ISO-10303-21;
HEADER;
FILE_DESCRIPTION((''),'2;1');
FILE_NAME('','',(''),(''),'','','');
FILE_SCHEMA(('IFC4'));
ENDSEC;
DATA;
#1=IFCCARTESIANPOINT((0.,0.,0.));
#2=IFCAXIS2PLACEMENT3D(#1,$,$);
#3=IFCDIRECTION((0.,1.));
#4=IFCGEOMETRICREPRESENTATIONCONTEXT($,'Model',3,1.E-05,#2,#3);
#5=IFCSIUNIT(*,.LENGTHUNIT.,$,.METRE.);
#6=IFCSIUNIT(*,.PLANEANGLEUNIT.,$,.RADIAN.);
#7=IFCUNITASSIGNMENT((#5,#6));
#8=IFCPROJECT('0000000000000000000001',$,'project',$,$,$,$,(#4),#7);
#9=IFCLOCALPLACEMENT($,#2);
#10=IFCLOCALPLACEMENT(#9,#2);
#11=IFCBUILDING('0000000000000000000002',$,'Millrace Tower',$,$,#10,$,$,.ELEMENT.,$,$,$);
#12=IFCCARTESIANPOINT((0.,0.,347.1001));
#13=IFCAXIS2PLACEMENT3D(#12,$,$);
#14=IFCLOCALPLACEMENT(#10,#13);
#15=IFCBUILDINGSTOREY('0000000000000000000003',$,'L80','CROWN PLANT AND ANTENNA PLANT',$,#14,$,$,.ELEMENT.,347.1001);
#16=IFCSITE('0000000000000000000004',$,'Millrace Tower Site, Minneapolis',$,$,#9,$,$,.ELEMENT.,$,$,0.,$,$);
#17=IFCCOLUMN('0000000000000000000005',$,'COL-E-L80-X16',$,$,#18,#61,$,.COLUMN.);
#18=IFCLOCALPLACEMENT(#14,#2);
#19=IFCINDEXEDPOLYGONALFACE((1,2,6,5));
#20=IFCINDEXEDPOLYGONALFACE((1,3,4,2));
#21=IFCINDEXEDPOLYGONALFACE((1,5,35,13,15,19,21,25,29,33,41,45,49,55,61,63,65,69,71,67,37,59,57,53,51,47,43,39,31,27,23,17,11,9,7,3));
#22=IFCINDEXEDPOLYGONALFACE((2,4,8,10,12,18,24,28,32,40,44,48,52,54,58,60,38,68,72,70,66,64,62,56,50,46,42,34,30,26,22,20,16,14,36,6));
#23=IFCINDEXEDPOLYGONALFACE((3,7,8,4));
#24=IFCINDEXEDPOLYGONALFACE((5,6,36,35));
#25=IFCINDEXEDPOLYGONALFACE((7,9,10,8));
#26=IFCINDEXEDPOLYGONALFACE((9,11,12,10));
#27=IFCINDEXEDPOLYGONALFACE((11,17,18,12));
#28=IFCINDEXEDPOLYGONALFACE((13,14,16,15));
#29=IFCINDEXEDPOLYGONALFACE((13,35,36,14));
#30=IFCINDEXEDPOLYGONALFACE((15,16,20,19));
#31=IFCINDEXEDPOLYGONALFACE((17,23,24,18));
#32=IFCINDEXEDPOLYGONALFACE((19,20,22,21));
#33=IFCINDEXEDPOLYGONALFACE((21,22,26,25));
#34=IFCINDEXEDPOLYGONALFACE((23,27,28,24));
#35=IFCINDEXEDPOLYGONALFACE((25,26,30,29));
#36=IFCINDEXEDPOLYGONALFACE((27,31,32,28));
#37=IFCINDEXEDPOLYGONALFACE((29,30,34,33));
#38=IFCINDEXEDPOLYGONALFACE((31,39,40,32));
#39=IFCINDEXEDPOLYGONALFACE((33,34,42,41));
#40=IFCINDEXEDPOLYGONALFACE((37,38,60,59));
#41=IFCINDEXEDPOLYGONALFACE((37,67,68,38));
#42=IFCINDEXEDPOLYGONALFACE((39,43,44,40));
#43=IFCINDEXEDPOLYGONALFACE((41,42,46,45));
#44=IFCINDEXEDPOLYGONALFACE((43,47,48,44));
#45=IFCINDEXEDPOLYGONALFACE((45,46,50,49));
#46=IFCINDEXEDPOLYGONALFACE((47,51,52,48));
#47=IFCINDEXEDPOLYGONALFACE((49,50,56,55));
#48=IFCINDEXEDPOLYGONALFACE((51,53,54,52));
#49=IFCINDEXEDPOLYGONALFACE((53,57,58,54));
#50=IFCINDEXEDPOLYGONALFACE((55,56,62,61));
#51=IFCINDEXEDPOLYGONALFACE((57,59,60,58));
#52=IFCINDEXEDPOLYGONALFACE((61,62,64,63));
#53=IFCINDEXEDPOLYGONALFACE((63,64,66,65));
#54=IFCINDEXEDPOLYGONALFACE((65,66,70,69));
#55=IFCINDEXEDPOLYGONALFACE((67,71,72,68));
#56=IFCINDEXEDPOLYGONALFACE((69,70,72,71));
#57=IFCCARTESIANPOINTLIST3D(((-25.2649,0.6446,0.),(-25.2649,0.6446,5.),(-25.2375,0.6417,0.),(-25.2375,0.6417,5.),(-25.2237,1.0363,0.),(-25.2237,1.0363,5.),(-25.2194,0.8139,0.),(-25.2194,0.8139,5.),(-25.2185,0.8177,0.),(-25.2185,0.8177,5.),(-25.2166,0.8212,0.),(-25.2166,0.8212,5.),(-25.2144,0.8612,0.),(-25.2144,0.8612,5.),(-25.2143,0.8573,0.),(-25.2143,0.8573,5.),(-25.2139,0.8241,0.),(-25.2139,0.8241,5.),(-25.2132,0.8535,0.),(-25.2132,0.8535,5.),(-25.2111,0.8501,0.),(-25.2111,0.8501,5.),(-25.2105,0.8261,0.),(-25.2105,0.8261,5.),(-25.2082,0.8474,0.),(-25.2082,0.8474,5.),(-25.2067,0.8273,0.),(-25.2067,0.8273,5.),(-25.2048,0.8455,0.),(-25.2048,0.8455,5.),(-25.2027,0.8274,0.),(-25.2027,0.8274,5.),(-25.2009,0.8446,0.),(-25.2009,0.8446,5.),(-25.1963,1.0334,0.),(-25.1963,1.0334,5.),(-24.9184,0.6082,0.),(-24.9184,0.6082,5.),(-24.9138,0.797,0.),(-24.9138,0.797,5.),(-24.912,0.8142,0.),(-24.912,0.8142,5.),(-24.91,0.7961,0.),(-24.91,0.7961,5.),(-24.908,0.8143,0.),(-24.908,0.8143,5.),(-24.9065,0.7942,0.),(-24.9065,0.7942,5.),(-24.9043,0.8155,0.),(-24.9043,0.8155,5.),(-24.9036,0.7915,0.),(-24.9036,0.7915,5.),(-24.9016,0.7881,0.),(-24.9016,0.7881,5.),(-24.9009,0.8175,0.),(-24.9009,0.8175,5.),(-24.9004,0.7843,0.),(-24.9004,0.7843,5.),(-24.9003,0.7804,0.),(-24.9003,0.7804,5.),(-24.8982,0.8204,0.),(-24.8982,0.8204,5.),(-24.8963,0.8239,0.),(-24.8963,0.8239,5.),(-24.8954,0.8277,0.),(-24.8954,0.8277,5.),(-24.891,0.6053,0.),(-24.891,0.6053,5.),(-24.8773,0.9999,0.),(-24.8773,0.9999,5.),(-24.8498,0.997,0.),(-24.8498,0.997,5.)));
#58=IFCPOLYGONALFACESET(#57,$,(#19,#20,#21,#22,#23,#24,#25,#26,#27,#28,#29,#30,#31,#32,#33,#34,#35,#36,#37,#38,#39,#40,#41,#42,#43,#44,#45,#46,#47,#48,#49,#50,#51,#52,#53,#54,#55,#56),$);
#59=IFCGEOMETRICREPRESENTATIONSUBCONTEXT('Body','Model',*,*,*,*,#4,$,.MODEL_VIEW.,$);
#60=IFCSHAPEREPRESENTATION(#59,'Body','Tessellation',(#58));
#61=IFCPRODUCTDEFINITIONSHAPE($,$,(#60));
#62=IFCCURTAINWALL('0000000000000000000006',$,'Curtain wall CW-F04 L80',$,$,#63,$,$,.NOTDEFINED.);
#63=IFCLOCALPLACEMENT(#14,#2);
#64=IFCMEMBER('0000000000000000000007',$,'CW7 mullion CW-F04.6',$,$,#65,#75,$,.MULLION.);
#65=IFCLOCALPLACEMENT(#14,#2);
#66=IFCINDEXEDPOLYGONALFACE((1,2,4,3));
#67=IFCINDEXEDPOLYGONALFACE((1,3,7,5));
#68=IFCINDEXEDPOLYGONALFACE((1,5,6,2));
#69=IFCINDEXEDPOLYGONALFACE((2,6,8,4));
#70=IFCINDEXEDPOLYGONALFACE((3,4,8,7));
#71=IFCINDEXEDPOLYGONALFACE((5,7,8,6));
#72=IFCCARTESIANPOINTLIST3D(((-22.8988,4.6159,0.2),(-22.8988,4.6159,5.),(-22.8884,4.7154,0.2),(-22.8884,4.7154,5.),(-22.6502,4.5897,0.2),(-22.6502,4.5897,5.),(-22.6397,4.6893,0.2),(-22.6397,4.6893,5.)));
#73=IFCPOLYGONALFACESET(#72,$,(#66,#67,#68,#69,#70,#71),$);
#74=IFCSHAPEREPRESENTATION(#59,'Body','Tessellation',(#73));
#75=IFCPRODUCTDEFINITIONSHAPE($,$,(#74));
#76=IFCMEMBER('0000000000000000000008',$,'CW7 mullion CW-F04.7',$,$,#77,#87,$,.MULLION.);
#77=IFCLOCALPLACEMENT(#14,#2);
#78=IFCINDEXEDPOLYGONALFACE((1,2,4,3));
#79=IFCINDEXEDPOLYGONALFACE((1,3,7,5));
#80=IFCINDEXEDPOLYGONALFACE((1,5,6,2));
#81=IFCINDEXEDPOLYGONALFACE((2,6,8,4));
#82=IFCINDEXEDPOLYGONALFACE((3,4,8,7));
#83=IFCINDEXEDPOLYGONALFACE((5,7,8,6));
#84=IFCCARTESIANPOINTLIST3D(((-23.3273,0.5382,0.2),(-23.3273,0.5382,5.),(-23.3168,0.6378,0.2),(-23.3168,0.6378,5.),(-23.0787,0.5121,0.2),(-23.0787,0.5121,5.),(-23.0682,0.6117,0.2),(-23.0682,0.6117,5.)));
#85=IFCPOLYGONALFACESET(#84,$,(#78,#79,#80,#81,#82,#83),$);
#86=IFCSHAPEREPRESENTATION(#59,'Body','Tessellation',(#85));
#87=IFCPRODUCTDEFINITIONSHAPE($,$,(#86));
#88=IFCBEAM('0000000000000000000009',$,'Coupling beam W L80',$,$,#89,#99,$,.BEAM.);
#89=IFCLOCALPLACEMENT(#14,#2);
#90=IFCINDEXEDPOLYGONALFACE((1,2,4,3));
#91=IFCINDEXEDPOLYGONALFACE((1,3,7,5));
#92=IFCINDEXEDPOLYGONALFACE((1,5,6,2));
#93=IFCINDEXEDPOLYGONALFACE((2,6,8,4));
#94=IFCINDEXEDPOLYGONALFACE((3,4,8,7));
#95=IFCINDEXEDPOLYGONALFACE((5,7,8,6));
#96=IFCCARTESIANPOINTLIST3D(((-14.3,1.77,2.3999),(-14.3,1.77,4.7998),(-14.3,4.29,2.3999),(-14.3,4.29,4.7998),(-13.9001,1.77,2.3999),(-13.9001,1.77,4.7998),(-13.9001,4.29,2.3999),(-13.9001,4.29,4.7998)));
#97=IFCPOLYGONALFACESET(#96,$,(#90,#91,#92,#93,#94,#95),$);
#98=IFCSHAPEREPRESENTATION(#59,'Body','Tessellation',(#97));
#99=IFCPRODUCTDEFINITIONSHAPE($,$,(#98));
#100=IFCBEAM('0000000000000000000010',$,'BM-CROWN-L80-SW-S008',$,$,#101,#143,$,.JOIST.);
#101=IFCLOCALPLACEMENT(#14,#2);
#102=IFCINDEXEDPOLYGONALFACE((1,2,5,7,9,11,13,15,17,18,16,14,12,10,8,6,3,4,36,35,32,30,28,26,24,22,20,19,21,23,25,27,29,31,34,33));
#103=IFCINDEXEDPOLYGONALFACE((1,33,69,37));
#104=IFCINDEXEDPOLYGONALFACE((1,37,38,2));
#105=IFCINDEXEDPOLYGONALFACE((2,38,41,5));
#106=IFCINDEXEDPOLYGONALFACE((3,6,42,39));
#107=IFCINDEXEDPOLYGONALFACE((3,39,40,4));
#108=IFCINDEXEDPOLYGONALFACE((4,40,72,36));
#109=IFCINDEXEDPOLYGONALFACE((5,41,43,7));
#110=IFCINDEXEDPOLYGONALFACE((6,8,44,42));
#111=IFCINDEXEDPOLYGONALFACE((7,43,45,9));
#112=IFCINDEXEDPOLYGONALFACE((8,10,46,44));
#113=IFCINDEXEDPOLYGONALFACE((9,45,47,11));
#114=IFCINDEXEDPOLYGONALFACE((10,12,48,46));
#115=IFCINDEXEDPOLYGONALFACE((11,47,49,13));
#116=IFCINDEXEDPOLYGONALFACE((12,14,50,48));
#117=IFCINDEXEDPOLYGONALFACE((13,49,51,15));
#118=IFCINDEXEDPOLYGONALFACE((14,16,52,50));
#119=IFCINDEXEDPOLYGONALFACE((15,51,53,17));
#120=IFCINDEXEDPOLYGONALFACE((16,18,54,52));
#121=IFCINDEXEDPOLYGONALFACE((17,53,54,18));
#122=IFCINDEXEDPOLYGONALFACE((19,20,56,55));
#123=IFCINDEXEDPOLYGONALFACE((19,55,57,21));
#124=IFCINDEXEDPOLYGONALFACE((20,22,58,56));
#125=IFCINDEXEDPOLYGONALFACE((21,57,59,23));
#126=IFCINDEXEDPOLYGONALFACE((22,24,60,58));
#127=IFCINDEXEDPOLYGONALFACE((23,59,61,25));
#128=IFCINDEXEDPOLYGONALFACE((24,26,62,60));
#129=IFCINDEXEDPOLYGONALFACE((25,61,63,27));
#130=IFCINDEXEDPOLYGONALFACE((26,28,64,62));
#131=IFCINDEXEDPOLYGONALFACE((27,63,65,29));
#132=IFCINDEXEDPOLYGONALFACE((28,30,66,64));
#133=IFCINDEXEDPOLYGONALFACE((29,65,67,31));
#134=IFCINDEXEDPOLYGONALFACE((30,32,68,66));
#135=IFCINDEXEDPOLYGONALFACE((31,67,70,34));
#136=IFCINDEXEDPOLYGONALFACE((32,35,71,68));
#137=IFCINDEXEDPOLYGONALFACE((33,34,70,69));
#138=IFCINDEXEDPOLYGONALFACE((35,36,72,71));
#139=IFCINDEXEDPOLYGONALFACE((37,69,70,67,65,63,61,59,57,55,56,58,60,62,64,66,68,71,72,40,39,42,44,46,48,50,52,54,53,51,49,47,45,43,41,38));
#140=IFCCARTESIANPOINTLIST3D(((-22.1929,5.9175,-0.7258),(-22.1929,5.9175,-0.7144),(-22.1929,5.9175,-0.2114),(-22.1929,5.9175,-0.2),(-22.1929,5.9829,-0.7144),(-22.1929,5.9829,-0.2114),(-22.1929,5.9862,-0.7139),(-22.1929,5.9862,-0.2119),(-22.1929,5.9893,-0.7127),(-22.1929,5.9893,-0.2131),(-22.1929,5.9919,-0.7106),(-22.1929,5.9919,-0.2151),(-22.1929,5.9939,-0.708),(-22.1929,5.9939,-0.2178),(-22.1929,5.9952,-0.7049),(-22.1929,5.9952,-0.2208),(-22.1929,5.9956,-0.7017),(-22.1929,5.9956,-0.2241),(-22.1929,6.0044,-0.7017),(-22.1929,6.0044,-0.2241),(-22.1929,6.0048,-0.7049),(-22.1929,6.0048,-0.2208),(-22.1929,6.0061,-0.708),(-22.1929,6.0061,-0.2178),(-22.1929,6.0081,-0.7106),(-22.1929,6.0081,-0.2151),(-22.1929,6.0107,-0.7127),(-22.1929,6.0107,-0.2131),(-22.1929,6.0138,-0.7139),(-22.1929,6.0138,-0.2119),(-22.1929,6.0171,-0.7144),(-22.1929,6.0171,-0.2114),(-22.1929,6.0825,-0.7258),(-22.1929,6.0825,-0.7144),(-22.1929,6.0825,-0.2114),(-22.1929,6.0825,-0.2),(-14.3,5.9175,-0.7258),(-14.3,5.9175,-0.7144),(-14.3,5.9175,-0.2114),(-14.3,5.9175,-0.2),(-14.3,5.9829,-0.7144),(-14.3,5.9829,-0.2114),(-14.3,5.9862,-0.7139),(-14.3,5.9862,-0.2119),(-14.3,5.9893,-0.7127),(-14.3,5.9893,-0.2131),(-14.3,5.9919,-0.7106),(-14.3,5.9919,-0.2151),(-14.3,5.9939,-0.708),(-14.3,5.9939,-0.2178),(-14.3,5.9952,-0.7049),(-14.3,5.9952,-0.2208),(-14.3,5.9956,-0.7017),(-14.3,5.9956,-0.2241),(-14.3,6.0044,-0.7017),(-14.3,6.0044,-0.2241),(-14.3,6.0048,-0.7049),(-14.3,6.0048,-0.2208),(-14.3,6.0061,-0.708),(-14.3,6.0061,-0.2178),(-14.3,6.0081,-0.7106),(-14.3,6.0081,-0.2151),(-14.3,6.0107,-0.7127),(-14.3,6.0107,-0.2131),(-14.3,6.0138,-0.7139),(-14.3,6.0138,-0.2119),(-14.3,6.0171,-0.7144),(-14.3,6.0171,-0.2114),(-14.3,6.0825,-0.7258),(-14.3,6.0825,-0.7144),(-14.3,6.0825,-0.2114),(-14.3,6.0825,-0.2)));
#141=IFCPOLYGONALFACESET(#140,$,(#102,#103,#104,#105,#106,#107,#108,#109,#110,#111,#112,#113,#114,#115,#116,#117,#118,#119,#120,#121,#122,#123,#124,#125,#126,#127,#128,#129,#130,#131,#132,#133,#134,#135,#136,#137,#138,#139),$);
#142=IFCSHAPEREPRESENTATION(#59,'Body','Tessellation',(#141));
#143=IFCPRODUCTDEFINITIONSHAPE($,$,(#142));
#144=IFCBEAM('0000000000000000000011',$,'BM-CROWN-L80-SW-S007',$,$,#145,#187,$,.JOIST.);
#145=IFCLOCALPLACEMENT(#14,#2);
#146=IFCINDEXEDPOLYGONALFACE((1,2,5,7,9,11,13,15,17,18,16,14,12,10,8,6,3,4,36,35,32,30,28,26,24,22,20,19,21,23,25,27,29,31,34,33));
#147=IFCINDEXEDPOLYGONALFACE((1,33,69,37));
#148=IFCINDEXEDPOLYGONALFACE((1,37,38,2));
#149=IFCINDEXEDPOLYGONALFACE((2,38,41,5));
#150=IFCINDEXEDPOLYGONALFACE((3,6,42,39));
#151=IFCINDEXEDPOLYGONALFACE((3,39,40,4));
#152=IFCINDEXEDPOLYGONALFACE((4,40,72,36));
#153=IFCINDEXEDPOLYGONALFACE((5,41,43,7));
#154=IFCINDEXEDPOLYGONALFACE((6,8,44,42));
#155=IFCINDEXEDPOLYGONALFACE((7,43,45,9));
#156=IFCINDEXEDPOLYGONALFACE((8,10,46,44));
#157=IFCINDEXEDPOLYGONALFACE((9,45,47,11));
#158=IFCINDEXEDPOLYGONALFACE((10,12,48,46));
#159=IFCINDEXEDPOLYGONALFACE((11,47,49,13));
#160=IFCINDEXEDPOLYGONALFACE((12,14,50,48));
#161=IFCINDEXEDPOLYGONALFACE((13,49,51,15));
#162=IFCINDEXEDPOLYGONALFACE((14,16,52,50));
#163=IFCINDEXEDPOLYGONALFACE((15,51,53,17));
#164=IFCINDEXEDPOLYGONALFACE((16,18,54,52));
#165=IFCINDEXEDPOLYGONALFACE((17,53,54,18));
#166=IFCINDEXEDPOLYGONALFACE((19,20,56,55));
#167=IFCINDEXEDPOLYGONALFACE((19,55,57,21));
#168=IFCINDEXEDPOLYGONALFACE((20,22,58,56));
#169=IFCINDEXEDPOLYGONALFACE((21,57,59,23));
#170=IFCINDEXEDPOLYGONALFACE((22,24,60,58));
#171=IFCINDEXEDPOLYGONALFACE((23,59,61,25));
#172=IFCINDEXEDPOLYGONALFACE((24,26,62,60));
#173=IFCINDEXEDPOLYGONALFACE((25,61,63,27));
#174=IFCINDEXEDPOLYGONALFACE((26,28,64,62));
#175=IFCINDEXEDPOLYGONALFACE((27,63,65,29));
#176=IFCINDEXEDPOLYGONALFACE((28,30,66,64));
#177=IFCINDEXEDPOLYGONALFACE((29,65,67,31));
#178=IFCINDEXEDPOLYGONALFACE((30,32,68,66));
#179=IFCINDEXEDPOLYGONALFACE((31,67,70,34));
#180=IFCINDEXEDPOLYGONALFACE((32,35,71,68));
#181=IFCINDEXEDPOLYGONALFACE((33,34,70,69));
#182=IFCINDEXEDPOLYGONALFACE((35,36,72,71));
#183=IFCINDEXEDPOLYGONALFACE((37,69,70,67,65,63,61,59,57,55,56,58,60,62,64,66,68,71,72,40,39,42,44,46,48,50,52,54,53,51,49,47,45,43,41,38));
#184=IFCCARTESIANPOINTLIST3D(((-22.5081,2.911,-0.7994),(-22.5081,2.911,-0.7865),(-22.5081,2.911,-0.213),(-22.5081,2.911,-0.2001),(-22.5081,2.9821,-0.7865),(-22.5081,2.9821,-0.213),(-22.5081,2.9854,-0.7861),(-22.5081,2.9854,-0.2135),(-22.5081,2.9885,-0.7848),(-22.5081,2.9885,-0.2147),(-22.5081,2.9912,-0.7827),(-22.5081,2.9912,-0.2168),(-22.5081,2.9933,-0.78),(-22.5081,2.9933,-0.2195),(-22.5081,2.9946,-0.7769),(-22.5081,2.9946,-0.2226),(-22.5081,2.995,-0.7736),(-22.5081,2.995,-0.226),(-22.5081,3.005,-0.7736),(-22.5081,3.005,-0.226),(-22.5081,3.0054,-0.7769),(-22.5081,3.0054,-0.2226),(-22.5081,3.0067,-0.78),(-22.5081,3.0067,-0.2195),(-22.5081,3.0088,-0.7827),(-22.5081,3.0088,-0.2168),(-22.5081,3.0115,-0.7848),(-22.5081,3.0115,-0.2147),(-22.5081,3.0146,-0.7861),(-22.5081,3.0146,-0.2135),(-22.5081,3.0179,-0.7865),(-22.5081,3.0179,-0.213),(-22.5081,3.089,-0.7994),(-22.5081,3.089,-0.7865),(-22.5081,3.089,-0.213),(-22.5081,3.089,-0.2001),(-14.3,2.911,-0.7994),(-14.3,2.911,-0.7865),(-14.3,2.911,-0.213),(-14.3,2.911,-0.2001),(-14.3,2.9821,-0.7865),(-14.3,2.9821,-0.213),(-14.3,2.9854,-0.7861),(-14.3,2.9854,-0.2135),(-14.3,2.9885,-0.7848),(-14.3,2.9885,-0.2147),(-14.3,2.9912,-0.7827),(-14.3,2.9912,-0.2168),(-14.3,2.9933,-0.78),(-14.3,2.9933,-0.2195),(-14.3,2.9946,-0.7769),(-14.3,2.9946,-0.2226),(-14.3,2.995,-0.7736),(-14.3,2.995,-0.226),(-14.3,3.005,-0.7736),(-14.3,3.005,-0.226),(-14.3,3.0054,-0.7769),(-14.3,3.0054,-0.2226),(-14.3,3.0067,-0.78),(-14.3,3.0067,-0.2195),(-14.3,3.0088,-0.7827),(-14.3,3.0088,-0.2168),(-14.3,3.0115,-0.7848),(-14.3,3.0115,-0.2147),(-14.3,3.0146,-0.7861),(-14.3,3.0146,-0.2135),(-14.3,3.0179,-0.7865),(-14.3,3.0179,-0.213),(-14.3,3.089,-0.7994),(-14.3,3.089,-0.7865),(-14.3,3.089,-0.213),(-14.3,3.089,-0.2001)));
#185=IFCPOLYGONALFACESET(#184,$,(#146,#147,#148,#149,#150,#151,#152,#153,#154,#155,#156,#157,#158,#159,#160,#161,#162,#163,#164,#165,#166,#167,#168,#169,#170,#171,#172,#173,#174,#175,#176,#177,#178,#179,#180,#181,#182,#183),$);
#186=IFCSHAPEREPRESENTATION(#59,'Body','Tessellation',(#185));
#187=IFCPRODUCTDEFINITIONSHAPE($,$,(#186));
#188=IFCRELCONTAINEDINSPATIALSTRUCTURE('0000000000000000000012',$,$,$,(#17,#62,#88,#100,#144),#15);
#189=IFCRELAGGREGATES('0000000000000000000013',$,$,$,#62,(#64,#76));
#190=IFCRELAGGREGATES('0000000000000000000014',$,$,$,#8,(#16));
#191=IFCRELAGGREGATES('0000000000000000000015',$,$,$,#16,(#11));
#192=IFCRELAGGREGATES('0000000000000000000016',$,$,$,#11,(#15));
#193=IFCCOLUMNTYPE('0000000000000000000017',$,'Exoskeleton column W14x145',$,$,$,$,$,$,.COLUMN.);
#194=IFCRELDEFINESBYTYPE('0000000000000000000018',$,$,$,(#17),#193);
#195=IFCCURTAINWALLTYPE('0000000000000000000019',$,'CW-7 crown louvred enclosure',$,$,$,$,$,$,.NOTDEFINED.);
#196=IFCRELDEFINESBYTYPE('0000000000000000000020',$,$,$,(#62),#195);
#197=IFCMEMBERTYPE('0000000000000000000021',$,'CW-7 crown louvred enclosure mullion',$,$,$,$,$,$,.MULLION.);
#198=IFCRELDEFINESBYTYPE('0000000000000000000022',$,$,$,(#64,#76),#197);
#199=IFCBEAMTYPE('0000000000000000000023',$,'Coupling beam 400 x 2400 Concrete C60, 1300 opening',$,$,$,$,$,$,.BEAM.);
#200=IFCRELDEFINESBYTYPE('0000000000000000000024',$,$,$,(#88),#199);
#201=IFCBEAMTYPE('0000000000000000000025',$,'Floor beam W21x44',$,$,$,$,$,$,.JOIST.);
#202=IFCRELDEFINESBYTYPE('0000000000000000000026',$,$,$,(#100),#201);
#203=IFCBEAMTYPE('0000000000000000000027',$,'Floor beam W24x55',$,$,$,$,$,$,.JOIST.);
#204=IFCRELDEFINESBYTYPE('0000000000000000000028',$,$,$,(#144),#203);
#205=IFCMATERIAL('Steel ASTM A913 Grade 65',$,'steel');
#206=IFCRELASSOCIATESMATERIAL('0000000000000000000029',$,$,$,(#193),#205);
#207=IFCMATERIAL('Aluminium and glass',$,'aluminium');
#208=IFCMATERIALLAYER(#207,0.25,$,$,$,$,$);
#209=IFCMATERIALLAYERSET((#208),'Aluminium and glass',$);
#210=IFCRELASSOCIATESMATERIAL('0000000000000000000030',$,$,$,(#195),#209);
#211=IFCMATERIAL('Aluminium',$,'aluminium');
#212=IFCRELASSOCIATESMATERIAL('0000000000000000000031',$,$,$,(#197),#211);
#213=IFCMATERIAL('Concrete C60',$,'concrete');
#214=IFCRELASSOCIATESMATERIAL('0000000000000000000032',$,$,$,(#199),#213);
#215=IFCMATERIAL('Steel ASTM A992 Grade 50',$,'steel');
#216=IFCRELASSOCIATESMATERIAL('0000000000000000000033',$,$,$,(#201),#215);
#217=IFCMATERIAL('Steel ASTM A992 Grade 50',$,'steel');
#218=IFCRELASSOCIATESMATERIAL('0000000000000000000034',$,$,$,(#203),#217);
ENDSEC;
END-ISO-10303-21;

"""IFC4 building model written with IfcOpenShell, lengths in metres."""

from ifc_helpers import new_model, si_unit, direction, frame, origin, origin_2d, place, context, subcontext, project, spatial, rectangle, i_section, extrude, material, layer, layer_set, material_profile, profile_set, type_object, element, aggregate, save


model = new_model("IFC4")

# Units and contexts
model_context = context("Model", 3, precision=1e-05, world=origin(), true_north=direction((0.0, 1.0)))
body_context = subcontext(model_context, "Body", "Model", "MODEL_VIEW")
ifc_project = project(units=[si_unit("LENGTHUNIT", "METRE"), si_unit("PLANEANGLEUNIT", "RADIAN")], contexts=[model_context])

# Site, building, storey
site_placement = place(None, origin())
site = spatial("IfcSite", under=ifc_project, at=site_placement, Name="Millrace Tower Site, Minneapolis", CompositionType="ELEMENT", RefElevation=0.0)
building_placement = place(site_placement, origin())
building = spatial("IfcBuilding", under=site, at=building_placement, Name="Millrace Tower", CompositionType="ELEMENT")
storey_placement = place(building_placement, frame((0.0, 0.0, 347.1001)))
storey = spatial("IfcBuildingStorey", under=building, at=storey_placement, Name="L80", Description="CROWN PLANT AND ANTENNA PLANT", CompositionType="ELEMENT", Elevation=347.1001)

# Column
ifc_material_1 = material(Name="Steel ASTM A913 Grade 65", Category="steel")
ifc_material_profile_1 = material_profile(ifc_material_1, i_section(OverallWidth=0.3938, OverallDepth=0.376, WebThickness=0.0173, FlangeThickness=0.0276, FilletRadius=0.0151, at=origin_2d()))
ifc_profile_set_1 = profile_set([ifc_material_profile_1], Name="Steel ASTM A913 Grade 65")
column_type = type_object("IfcColumnType", Name="Exoskeleton column W14x145", PredefinedType="COLUMN", material=ifc_profile_set_1)
column_placement = place(storey_placement, frame((-25.0574, 0.8208, 0.0), z_axis=(0.0, 0.0, 1.0), x_axis=(-0.104528, -0.994522, 0.0)))
element("IfcColumn", 1, at=column_placement, inside=storey, type_object=column_type, Name="COL-E-L80-X16", PredefinedType="COLUMN", context=body_context, shape_type="SweptSolid", body=[
    extrude(i_section(OverallWidth=0.3938, OverallDepth=0.376, WebThickness=0.0173, FlangeThickness=0.0276, FilletRadius=0.0151, at=origin_2d()), origin(), (0.0, 0.0, 1.0), 5.0),
])

# Curtain wall, members
ifc_material_2 = material(Name="Aluminium and glass", Category="aluminium")
ifc_layer_1 = layer(ifc_material_2, 0.25)
ifc_layer_set_1 = layer_set([ifc_layer_1], Name="Aluminium and glass")
curtain_wall_type = type_object("IfcCurtainWallType", Name="CW-7 crown louvred enclosure", PredefinedType="NOTDEFINED", material=ifc_layer_set_1)
placement = place(storey_placement, origin())
curtain_wall = element("IfcCurtainWall", 2, at=placement, inside=storey, type_object=curtain_wall_type, Name="Curtain wall CW-F04 L80", PredefinedType="NOTDEFINED")
ifc_material_3 = material(Name="Aluminium", Category="aluminium")
ifc_material_profile_2 = material_profile(ifc_material_3, rectangle(XDim=0.1001, YDim=0.25, at=origin_2d()))
ifc_profile_set_2 = profile_set([ifc_material_profile_2], Name="Aluminium")
member_type = type_object("IfcMemberType", Name="CW-7 crown louvred enclosure mullion", PredefinedType="MULLION", material=ifc_profile_set_2)
member_1_placement = place(storey_placement, frame((-22.7693, 4.6526, 0.2), z_axis=(0.0, 0.0, 1.0), x_axis=(-0.104528, -0.994522, 0.0)))
member_1 = element("IfcMember", 3, at=member_1_placement, type_object=member_type, Name="CW7 mullion CW-F04.6", PredefinedType="MULLION", context=body_context, shape_type="SweptSolid", body=[
    extrude(rectangle(XDim=0.1001, YDim=0.25, at=origin_2d()), origin(), (0.0, 0.0, 1.0), 4.8),
])
member_2_placement = place(storey_placement, frame((-23.1978, 0.575, 0.2), z_axis=(0.0, 0.0, 1.0), x_axis=(-0.104528, -0.994522, 0.0)))
member_2 = element("IfcMember", 4, at=member_2_placement, type_object=member_type, Name="CW7 mullion CW-F04.7", PredefinedType="MULLION", context=body_context, shape_type="SweptSolid", body=[
    extrude(rectangle(XDim=0.1001, YDim=0.25, at=origin_2d()), origin(), (0.0, 0.0, 1.0), 4.8),
])
aggregate(curtain_wall, [member_1, member_2])

# Beams
ifc_material_4 = material(Name="Concrete C60", Category="concrete")
ifc_material_profile_3 = material_profile(ifc_material_4, rectangle(XDim=0.3999, YDim=2.3999, at=origin_2d()))
ifc_profile_set_3 = profile_set([ifc_material_profile_3], Name="Concrete C60")
beam_type_1 = type_object("IfcBeamType", Name="Coupling beam 400 x 2400 Concrete C60, 1300 opening", PredefinedType="BEAM", material=ifc_profile_set_3)
beam_1_placement = place(storey_placement, frame((-14.1001, 1.77, 3.5999), z_axis=(0.0, 1.0, 0.0), x_axis=(-1.0, 0.0, 0.0)))
element("IfcBeam", 5, at=beam_1_placement, inside=storey, type_object=beam_type_1, Name="Coupling beam W L80", PredefinedType="BEAM", context=body_context, shape_type="SweptSolid", body=[
    extrude(rectangle(XDim=0.3999, YDim=2.3999, at=origin_2d()), origin(), (0.0, 0.0, 1.0), 2.52),
])
ifc_material_5 = material(Name="Steel ASTM A992 Grade 50", Category="steel")
ifc_material_profile_4 = material_profile(ifc_material_5, i_section(OverallWidth=0.165, OverallDepth=0.5259, WebThickness=0.0088, FlangeThickness=0.0115, FilletRadius=0.0127, at=origin_2d()))
ifc_profile_set_4 = profile_set([ifc_material_profile_4], Name="Steel ASTM A992 Grade 50")
beam_type_2 = type_object("IfcBeamType", Name="Floor beam W21x44", PredefinedType="JOIST", material=ifc_profile_set_4)
beam_2_placement = place(storey_placement, frame((-22.1929, 6.0, -0.4629), z_axis=(1.0, 0.0, 0.0), x_axis=(0.0, 1.0, 0.0)))
element("IfcBeam", 6, at=beam_2_placement, inside=storey, type_object=beam_type_2, Name="BM-CROWN-L80-SW-S008", PredefinedType="JOIST", context=body_context, shape_type="SweptSolid", body=[
    extrude(i_section(OverallWidth=0.165, OverallDepth=0.5259, WebThickness=0.0088, FlangeThickness=0.0115, FilletRadius=0.0127, at=origin_2d()), origin(), (0.0, 0.0, 1.0), 7.8928),
])
ifc_material_6 = material(Name="Steel ASTM A992 Grade 50", Category="steel")
ifc_material_profile_5 = material_profile(ifc_material_6, i_section(OverallWidth=0.178, OverallDepth=0.5994, WebThickness=0.01, FlangeThickness=0.0129, FilletRadius=0.0129, at=origin_2d()))
ifc_profile_set_5 = profile_set([ifc_material_profile_5], Name="Steel ASTM A992 Grade 50")
beam_type_3 = type_object("IfcBeamType", Name="Floor beam W24x55", PredefinedType="JOIST", material=ifc_profile_set_5)
beam_3_placement = place(storey_placement, frame((-22.5081, 3.0, -0.4998), z_axis=(1.0, 0.0, 0.0), x_axis=(0.0, 1.0, 0.0)))
element("IfcBeam", 7, at=beam_3_placement, inside=storey, type_object=beam_type_3, Name="BM-CROWN-L80-SW-S007", PredefinedType="JOIST", context=body_context, shape_type="SweptSolid", body=[
    extrude(i_section(OverallWidth=0.178, OverallDepth=0.5994, WebThickness=0.01, FlangeThickness=0.0129, FilletRadius=0.0129, at=origin_2d()), origin(), (0.0, 0.0, 1.0), 8.208),
])

save(model, "model.ifc")
